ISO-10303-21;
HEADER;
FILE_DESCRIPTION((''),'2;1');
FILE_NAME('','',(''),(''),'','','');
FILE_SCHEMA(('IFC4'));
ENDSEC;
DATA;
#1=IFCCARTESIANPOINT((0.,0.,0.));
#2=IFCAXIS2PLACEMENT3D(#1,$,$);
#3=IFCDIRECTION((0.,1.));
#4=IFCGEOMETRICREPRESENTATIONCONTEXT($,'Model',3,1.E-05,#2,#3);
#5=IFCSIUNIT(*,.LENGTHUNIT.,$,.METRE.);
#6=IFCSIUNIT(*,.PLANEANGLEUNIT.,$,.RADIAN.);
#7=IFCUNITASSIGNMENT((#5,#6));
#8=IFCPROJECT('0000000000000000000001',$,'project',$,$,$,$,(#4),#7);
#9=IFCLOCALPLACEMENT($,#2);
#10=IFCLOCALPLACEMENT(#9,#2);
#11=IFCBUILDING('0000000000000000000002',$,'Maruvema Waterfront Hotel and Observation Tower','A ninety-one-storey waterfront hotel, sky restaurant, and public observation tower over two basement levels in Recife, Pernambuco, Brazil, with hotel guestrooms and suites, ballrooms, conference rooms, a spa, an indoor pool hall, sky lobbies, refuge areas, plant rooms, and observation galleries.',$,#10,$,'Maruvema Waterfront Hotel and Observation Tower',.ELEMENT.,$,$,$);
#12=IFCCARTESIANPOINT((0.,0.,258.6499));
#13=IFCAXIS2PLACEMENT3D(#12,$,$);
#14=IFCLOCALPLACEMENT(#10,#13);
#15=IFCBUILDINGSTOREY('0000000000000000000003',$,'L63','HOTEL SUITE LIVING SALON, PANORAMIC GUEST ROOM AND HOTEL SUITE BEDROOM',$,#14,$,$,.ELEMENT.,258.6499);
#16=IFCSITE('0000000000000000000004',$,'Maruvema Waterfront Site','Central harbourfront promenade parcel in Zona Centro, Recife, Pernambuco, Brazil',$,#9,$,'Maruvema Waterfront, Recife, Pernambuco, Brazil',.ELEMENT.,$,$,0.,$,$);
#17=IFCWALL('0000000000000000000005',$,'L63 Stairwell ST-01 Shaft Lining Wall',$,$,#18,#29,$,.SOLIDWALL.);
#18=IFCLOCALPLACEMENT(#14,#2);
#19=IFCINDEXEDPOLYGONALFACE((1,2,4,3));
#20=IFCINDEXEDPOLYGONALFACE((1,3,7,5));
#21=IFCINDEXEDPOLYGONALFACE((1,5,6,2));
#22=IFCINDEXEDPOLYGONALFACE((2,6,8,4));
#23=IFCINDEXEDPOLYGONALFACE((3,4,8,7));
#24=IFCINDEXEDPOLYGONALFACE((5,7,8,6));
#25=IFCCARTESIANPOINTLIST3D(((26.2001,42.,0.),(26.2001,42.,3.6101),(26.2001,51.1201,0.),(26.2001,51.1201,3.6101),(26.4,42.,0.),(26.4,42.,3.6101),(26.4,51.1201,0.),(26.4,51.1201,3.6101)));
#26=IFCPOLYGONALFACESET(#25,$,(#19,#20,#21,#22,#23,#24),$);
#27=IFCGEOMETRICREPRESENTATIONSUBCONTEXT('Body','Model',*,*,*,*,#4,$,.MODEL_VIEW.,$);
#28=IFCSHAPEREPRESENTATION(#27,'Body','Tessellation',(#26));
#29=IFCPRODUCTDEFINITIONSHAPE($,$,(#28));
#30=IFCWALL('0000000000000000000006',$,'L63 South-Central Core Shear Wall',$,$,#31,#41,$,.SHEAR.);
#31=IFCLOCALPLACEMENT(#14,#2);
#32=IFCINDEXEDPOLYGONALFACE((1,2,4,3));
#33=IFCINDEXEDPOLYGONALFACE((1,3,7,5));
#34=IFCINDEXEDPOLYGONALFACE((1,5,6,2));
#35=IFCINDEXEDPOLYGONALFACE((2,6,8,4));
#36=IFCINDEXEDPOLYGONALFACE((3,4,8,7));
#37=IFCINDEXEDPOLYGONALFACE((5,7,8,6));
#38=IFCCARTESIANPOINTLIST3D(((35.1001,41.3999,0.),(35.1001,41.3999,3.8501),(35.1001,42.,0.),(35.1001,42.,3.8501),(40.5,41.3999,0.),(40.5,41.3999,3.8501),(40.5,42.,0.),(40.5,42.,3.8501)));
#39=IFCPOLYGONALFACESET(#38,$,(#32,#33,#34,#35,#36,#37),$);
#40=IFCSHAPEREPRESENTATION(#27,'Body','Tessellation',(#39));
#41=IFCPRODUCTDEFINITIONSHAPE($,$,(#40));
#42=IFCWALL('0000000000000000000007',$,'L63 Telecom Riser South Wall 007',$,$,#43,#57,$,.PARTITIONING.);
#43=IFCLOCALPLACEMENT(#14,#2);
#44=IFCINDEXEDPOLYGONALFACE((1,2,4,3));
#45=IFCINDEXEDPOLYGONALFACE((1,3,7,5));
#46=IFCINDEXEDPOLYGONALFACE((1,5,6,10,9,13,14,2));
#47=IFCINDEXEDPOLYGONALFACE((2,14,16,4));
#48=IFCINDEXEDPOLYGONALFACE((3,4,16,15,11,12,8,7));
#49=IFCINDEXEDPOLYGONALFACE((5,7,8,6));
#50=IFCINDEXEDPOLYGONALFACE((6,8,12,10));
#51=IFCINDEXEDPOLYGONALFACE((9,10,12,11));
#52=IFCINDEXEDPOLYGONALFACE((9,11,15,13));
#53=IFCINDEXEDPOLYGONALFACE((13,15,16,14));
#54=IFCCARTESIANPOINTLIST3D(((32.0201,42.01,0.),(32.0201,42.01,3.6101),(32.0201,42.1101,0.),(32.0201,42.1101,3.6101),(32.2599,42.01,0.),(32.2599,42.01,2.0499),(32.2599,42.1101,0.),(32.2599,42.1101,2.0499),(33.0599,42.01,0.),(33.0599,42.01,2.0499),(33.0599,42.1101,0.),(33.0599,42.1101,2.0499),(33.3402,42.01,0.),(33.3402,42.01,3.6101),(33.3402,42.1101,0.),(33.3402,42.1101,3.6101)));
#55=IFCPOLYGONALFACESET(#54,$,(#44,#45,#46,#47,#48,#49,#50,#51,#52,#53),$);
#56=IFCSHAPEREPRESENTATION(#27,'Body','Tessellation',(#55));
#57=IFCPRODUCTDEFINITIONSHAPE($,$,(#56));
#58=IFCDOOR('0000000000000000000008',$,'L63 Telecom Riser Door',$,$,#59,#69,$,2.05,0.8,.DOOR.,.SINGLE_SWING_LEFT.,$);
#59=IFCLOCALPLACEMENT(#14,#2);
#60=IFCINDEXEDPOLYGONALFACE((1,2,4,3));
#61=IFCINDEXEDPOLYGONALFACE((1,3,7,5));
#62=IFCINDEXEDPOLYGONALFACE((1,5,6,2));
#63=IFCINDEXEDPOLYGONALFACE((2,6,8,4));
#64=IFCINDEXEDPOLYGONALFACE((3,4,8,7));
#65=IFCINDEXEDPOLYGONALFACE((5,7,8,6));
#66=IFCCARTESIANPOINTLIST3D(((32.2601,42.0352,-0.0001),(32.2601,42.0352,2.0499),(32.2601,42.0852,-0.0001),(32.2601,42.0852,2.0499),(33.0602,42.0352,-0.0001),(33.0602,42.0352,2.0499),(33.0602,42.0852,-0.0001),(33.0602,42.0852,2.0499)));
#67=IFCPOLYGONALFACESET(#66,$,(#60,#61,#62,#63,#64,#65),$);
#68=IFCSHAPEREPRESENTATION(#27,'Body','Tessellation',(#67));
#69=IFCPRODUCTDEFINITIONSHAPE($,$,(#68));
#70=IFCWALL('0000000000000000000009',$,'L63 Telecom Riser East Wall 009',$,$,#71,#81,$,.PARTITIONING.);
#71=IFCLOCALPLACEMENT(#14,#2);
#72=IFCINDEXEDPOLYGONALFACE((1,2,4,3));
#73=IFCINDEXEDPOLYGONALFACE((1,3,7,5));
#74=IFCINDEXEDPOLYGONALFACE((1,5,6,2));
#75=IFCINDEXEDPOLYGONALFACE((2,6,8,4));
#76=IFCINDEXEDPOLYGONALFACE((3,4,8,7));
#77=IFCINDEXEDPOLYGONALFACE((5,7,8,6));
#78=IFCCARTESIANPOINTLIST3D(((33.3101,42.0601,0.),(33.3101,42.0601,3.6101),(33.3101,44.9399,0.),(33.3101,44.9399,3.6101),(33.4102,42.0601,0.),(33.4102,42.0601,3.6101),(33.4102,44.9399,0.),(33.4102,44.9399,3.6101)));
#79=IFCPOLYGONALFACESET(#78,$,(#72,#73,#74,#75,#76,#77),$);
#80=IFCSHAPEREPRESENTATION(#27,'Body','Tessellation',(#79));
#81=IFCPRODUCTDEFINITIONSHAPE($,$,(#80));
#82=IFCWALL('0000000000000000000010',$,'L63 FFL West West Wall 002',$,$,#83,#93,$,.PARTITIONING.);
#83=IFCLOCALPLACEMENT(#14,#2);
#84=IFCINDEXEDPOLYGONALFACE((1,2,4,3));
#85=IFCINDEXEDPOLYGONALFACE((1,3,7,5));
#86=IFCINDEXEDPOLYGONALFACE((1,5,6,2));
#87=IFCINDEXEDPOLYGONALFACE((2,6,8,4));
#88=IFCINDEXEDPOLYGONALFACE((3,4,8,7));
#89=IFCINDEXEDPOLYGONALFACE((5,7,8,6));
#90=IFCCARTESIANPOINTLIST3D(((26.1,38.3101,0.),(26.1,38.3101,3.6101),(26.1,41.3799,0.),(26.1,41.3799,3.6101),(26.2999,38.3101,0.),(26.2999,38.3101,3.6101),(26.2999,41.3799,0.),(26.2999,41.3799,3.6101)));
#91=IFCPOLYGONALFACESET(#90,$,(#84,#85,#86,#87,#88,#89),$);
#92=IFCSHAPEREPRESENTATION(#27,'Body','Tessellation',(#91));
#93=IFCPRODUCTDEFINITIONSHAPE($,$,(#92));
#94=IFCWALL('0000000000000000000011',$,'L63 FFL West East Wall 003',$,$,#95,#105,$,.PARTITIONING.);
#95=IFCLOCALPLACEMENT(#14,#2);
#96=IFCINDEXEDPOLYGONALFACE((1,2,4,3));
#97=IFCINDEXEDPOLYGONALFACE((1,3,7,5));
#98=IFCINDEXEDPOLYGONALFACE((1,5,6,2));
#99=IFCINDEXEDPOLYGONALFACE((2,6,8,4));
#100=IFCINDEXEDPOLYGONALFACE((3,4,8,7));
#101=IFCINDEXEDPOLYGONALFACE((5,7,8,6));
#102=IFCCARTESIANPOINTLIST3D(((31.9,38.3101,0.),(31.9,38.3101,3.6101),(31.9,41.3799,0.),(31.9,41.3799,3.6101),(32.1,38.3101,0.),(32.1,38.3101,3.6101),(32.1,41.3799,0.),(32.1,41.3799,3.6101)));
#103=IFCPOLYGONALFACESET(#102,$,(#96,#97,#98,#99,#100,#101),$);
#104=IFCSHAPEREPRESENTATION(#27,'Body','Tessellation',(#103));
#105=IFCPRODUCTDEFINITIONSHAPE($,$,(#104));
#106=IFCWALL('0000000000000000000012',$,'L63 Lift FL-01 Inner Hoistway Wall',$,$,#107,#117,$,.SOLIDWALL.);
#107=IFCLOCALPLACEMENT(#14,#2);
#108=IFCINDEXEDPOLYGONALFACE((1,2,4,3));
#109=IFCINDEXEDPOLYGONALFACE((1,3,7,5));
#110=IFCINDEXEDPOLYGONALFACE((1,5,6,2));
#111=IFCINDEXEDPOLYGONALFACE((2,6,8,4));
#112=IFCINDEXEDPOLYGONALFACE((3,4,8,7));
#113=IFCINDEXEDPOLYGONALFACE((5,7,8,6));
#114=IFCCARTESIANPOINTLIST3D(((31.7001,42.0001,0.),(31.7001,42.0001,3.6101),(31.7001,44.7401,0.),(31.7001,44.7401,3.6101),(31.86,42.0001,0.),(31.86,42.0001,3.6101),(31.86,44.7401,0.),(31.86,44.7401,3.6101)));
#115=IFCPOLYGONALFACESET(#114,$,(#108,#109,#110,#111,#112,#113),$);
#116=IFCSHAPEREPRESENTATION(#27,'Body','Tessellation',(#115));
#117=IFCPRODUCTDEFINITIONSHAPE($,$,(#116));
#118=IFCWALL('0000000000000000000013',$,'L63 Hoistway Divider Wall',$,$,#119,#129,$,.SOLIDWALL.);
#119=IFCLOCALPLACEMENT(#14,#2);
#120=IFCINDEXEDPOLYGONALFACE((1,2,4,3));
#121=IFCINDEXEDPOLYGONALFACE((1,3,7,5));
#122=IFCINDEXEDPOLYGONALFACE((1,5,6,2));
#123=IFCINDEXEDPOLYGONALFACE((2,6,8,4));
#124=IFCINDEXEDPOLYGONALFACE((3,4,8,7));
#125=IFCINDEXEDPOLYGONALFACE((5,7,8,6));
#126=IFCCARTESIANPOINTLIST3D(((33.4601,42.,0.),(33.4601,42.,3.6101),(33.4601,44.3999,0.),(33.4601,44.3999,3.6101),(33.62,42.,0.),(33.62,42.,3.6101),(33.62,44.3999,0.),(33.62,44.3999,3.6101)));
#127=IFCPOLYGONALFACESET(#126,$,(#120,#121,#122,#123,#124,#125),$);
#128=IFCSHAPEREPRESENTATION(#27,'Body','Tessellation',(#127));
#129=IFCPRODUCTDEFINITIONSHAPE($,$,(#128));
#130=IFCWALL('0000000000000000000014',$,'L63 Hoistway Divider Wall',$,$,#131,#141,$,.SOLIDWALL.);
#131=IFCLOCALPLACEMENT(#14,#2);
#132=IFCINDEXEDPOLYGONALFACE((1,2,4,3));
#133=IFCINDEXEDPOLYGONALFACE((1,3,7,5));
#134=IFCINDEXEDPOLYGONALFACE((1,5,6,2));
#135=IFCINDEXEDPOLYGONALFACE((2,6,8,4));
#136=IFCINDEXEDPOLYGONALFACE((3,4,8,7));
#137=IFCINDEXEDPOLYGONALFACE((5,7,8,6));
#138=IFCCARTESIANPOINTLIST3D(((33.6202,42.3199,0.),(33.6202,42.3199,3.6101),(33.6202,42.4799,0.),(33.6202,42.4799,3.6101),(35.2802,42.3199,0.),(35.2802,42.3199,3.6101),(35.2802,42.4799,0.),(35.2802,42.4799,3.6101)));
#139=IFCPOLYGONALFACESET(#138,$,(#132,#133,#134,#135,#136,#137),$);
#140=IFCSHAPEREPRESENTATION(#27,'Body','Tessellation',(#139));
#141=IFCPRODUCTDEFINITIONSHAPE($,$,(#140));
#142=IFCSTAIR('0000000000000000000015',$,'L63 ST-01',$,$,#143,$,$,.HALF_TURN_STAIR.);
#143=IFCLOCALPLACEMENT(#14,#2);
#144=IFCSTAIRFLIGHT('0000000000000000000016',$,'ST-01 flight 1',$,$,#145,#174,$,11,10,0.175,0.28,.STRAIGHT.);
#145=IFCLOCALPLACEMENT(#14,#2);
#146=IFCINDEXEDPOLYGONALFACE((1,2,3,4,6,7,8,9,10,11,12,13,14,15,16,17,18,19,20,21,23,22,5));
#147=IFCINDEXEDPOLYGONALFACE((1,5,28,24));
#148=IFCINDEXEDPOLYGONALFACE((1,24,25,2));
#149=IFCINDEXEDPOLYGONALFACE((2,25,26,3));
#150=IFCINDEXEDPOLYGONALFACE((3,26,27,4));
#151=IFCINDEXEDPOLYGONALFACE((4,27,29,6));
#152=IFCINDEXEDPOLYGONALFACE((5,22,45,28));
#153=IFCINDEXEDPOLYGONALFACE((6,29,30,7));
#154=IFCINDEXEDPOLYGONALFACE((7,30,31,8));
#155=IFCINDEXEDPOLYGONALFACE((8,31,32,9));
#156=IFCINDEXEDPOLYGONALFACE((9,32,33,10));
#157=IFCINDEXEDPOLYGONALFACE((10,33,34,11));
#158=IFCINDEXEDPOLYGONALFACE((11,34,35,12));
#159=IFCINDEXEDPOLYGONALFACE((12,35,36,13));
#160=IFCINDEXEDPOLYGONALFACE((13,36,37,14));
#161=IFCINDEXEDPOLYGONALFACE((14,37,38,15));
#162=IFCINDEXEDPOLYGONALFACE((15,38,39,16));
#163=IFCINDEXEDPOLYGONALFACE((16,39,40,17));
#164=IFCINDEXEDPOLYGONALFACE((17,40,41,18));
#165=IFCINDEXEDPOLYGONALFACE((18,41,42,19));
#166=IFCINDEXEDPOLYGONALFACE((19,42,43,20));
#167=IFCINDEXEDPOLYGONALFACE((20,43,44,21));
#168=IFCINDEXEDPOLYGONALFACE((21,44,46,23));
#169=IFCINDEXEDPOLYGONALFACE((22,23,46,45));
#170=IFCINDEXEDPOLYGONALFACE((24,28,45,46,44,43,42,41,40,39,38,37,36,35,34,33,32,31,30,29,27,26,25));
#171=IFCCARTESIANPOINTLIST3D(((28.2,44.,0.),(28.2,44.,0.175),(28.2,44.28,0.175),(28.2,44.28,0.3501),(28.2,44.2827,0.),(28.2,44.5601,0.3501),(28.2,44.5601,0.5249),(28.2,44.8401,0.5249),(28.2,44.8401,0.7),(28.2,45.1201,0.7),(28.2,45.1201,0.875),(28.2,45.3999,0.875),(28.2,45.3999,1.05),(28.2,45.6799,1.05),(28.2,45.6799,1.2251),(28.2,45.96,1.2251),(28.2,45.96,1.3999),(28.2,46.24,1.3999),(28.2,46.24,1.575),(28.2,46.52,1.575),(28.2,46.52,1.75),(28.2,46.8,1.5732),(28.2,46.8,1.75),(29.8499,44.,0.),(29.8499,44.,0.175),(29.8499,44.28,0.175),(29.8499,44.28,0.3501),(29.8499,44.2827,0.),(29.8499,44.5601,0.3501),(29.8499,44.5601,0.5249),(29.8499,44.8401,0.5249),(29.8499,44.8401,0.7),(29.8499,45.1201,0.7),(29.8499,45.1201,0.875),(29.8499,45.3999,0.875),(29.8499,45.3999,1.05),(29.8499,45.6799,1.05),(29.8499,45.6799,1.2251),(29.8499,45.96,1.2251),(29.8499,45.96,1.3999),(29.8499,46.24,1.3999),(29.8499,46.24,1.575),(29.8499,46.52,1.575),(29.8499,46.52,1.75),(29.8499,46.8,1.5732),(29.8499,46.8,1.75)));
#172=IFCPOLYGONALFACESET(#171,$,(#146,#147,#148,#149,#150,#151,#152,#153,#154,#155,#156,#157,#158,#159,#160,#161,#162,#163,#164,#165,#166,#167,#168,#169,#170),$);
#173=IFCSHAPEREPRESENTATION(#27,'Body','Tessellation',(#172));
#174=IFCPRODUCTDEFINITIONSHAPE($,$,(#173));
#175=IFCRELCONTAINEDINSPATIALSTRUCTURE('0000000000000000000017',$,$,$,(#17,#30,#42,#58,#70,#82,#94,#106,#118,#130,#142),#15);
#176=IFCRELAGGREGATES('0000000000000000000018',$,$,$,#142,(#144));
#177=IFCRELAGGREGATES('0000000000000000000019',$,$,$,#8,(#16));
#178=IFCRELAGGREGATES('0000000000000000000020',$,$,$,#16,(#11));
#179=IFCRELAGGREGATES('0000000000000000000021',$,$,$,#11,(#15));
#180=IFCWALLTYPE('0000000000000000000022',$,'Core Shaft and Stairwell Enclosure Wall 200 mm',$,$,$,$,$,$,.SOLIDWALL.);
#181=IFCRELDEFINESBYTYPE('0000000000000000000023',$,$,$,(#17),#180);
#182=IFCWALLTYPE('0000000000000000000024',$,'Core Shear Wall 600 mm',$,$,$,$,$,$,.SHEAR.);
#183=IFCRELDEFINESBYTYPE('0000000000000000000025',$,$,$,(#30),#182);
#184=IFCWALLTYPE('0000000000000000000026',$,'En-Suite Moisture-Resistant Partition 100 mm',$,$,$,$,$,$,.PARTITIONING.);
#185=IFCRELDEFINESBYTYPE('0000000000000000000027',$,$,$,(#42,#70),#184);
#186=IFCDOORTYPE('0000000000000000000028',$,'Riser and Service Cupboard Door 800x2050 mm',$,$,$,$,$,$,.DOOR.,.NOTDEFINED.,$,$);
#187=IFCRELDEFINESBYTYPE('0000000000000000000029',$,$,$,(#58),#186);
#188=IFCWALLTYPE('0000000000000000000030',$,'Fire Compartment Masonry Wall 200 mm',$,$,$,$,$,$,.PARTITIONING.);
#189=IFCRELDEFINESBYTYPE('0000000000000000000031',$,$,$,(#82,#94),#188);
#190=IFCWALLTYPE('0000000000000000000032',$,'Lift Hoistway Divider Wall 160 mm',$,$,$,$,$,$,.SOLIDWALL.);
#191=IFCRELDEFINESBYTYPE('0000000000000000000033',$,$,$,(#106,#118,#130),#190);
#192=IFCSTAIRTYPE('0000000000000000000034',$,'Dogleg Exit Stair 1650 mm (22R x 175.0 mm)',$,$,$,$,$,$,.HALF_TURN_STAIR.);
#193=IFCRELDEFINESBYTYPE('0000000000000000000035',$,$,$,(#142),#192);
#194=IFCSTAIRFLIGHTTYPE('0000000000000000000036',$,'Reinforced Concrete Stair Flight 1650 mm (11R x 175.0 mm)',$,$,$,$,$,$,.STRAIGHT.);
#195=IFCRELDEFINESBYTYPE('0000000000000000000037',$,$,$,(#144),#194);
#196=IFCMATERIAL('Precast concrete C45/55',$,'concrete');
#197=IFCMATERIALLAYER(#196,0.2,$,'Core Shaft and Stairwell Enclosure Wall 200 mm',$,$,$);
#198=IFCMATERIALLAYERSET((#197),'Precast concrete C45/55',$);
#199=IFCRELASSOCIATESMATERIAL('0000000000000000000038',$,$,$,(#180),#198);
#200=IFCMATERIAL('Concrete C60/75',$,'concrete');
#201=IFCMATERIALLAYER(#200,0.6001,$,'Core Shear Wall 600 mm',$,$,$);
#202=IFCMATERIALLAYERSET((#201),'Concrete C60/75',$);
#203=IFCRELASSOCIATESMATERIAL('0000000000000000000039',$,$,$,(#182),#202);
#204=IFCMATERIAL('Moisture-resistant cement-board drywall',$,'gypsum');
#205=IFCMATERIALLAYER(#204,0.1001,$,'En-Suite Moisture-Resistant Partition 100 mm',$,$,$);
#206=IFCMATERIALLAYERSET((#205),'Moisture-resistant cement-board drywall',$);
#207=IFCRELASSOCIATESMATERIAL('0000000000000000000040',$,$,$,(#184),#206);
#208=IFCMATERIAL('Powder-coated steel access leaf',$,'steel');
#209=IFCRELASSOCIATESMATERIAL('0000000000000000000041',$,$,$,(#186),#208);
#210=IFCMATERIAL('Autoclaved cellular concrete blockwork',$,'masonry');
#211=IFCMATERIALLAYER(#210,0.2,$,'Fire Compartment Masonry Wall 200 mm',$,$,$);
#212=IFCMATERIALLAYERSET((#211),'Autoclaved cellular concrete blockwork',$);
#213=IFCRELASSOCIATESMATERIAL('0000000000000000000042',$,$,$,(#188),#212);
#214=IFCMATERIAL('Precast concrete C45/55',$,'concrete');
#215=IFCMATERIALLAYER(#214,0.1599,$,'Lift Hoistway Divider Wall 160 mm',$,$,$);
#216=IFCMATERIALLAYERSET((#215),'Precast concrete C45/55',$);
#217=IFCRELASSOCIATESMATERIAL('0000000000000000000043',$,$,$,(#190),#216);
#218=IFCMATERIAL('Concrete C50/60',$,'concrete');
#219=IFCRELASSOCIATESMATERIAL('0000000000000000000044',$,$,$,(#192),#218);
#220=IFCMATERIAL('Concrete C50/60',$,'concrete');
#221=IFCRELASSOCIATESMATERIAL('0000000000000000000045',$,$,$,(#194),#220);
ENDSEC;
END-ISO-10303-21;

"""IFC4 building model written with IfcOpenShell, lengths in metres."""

from ifc_helpers import new_model, si_unit, direction, frame, frame_2d, origin, place, context, subcontext, project, spatial, polyline, rectangle, outline, extrude, material, layer, layer_set, type_object, element, fill, aggregate, save


model = new_model("IFC4")

# Units and contexts
model_context = context("Model", 3, precision=1e-05, world=origin(), true_north=direction((0.0, 1.0)))
body_context = subcontext(model_context, "Body", "Model", "MODEL_VIEW")
ifc_project = project(units=[si_unit("LENGTHUNIT", "METRE"), si_unit("PLANEANGLEUNIT", "RADIAN")], contexts=[model_context])

# Site, building, storey
site_placement = place(None, origin())
site = spatial("IfcSite", under=ifc_project, at=site_placement, Name="Maruvema Waterfront Site", Description="Central harbourfront promenade parcel in Zona Centro, Recife, Pernambuco, Brazil", LongName="Maruvema Waterfront, Recife, Pernambuco, Brazil", CompositionType="ELEMENT", RefElevation=0.0)
building_placement = place(site_placement, origin())
building = spatial("IfcBuilding", under=site, at=building_placement, Name="Maruvema Waterfront Hotel and Observation Tower", Description="A ninety-one-storey waterfront hotel, sky restaurant, and public observation tower over two basement levels in Recife, Pernambuco, Brazil, with hotel guestrooms and suites, ballrooms, conference rooms, a spa, an indoor pool hall, sky lobbies, refuge areas, plant rooms, and observation galleries.", LongName="Maruvema Waterfront Hotel and Observation Tower", CompositionType="ELEMENT")
storey_placement = place(building_placement, frame((0.0, 0.0, 258.6499)))
storey = spatial("IfcBuildingStorey", under=building, at=storey_placement, Name="L63", Description="HOTEL SUITE LIVING SALON, PANORAMIC GUEST ROOM AND HOTEL SUITE BEDROOM", CompositionType="ELEMENT", Elevation=258.6499)

# Walls
ifc_material_1 = material(Name="Precast concrete C45/55", Category="concrete")
ifc_layer_1 = layer(ifc_material_1, 0.2, Name="Core Shaft and Stairwell Enclosure Wall 200 mm")
ifc_layer_set_1 = layer_set([ifc_layer_1], Name="Precast concrete C45/55")
wall_type_1 = type_object("IfcWallType", Name="Core Shaft and Stairwell Enclosure Wall 200 mm", PredefinedType="SOLIDWALL", material=ifc_layer_set_1)
wall_1_placement = place(storey_placement, frame((26.3, 42.0, 0.0), z_axis=(0.0, 0.0, 1.0), x_axis=(0.0, 1.0, 0.0)))
element("IfcWall", 1, at=wall_1_placement, inside=storey, type_object=wall_type_1, Name="L63 Stairwell ST-01 Shaft Lining Wall", PredefinedType="SOLIDWALL", context=body_context, shape_type="SweptSolid", body=[
    extrude(rectangle(XDim=9.1201, YDim=0.2, at=frame_2d((4.5601, 0.0))), origin(), (0.0, 0.0, 1.0), 3.6101),
])
ifc_material_2 = material(Name="Concrete C60/75", Category="concrete")
ifc_layer_2 = layer(ifc_material_2, 0.6001, Name="Core Shear Wall 600 mm")
ifc_layer_set_2 = layer_set([ifc_layer_2], Name="Concrete C60/75")
wall_type_2 = type_object("IfcWallType", Name="Core Shear Wall 600 mm", PredefinedType="SHEAR", material=ifc_layer_set_2)
wall_2_placement = place(storey_placement, frame((35.1001, 41.7, 0.0), z_axis=(0.0, 0.0, 1.0), x_axis=(1.0, 0.0, 0.0)))
element("IfcWall", 2, at=wall_2_placement, inside=storey, type_object=wall_type_2, Name="L63 South-Central Core Shear Wall", PredefinedType="SHEAR", context=body_context, shape_type="SweptSolid", body=[
    extrude(rectangle(XDim=5.3999, YDim=0.6001, at=frame_2d((2.7, 0.0))), origin(), (0.0, 0.0, 1.0), 3.8501),
])

# Wall, opening, door
ifc_material_3 = material(Name="Moisture-resistant cement-board drywall", Category="gypsum")
ifc_layer_3 = layer(ifc_material_3, 0.1001, Name="En-Suite Moisture-Resistant Partition 100 mm")
ifc_layer_set_3 = layer_set([ifc_layer_3], Name="Moisture-resistant cement-board drywall")
wall_type_3 = type_object("IfcWallType", Name="En-Suite Moisture-Resistant Partition 100 mm", PredefinedType="PARTITIONING", material=ifc_layer_set_3)
wall_3_placement = place(storey_placement, frame((32.02, 42.0601, 0.0), z_axis=(0.0, 0.0, 1.0), x_axis=(1.0, 0.0, 0.0)))
wall_3 = element("IfcWall", 3, at=wall_3_placement, inside=storey, type_object=wall_type_3, Name="L63 Telecom Riser South Wall 007", PredefinedType="PARTITIONING", context=body_context, shape_type="SweptSolid", body=[
    extrude(rectangle(XDim=1.3201, YDim=0.1001, at=frame_2d((0.6602, 0.0))), origin(), (0.0, 0.0, 1.0), 3.6101),
])
opening_1_placement = place(wall_3_placement, frame((0.24, 0.0, 0.0)))
opening_1 = element("IfcOpeningElement", 4, at=opening_1_placement, cuts=wall_3, PredefinedType="OPENING", context=body_context, shape_type="SweptSolid", body=[
    extrude(rectangle(XDim=0.8, YDim=2.05, at=frame_2d((0.3999, 1.0249))), frame((0.0, 0.0601, 0.0), z_axis=(0.0, -1.0, 0.0), x_axis=(1.0, 0.0, 0.0)), (0.0, 0.0, 1.0), 0.1201),
])
ifc_material_4 = material(Name="Powder-coated steel access leaf", Category="steel")
door_type_1 = type_object("IfcDoorType", Name="Riser and Service Cupboard Door 800x2050 mm", OperationType="NOTDEFINED", PredefinedType="DOOR", material=ifc_material_4)
door_1_placement = place(opening_1_placement, frame((0.8, 0.0, 0.0), z_axis=(0.0, 0.0, 1.0), x_axis=(-1.0, 0.0, 0.0)))
door_1 = element("IfcDoor", 5, at=door_1_placement, inside=storey, type_object=door_type_1, Name="L63 Telecom Riser Door", OperationType="SINGLE_SWING_LEFT", OverallHeight=2.05, OverallWidth=0.8, PredefinedType="DOOR", context=body_context, shape_type="SweptSolid", body=[
    extrude(rectangle(XDim=0.8, YDim=2.05, at=frame_2d((0.3999, 1.0249))), frame((0.0, 0.0249, 0.0), z_axis=(0.0, -1.0, 0.0), x_axis=(1.0, 0.0, 0.0)), (0.0, 0.0, 1.0), 0.05),
])
fill(opening_1, door_1)

# Wall
wall_4_placement = place(storey_placement, frame((33.3601, 42.0601, 0.0), z_axis=(0.0, 0.0, 1.0), x_axis=(0.0, 1.0, 0.0)))
element("IfcWall", 6, at=wall_4_placement, inside=storey, type_object=wall_type_3, Name="L63 Telecom Riser East Wall 009", PredefinedType="PARTITIONING", context=body_context, shape_type="SweptSolid", body=[
    extrude(rectangle(XDim=2.8799, YDim=0.1001, at=frame_2d((1.4399, 0.0))), origin(), (0.0, 0.0, 1.0), 3.6101),
])

# Shared definitions
ifc_material_5 = material(Name="Autoclaved cellular concrete blockwork", Category="masonry")
ifc_layer_4 = layer(ifc_material_5, 0.2, Name="Fire Compartment Masonry Wall 200 mm")
ifc_layer_set_4 = layer_set([ifc_layer_4], Name="Autoclaved cellular concrete blockwork")
wall_type_4 = type_object("IfcWallType", Name="Fire Compartment Masonry Wall 200 mm", PredefinedType="PARTITIONING", material=ifc_layer_set_4)

# Walls
for number, where, z_axis, x_axis, name in (
    (7, (26.2, 38.3101, 0.0), (0.0, 0.0, 1.0), (0.0, 1.0, 0.0), "L63 FFL West West Wall 002"),
    (8, (32.0, 38.3101, 0.0), (0.0, 0.0, 1.0), (0.0, 1.0, 0.0), "L63 FFL West East Wall 003"),
):
    element("IfcWall", number, at=place(storey_placement, frame(where, z_axis=z_axis, x_axis=x_axis)), inside=storey, type_object=wall_type_4, Name=name, PredefinedType="PARTITIONING", context=body_context, shape_type="SweptSolid", body=[
        extrude(rectangle(XDim=3.0698, YDim=0.2, at=frame_2d((1.5349, 0.0))), origin(), (0.0, 0.0, 1.0), 3.6101),
    ])
ifc_material_6 = material(Name="Precast concrete C45/55", Category="concrete")
ifc_layer_5 = layer(ifc_material_6, 0.1599, Name="Lift Hoistway Divider Wall 160 mm")
ifc_layer_set_5 = layer_set([ifc_layer_5], Name="Precast concrete C45/55")
wall_type_5 = type_object("IfcWallType", Name="Lift Hoistway Divider Wall 160 mm", PredefinedType="SOLIDWALL", material=ifc_layer_set_5)
wall_5_placement = place(storey_placement, frame((31.78, 42.0, 0.0), z_axis=(0.0, 0.0, 1.0), x_axis=(0.0, 1.0, 0.0)))
element("IfcWall", 9, at=wall_5_placement, inside=storey, type_object=wall_type_5, Name="L63 Lift FL-01 Inner Hoistway Wall", PredefinedType="SOLIDWALL", context=body_context, shape_type="SweptSolid", body=[
    extrude(rectangle(XDim=2.74, YDim=0.1599, at=frame_2d((1.3701, 0.0))), origin(), (0.0, 0.0, 1.0), 3.6101),
])
wall_6_placement = place(storey_placement, frame((33.54, 42.0, 0.0), z_axis=(0.0, 0.0, 1.0), x_axis=(0.0, 1.0, 0.0)))
element("IfcWall", 10, at=wall_6_placement, inside=storey, type_object=wall_type_5, Name="L63 Hoistway Divider Wall", PredefinedType="SOLIDWALL", context=body_context, shape_type="SweptSolid", body=[
    extrude(rectangle(XDim=2.3999, YDim=0.1599, at=frame_2d((1.2, 0.0))), origin(), (0.0, 0.0, 1.0), 3.6101),
])
wall_7_placement = place(storey_placement, frame((33.6201, 42.3999, 0.0), z_axis=(0.0, 0.0, 1.0), x_axis=(1.0, 0.0, 0.0)))
element("IfcWall", 11, at=wall_7_placement, inside=storey, type_object=wall_type_5, Name="L63 Hoistway Divider Wall", PredefinedType="SOLIDWALL", context=body_context, shape_type="SweptSolid", body=[
    extrude(rectangle(XDim=1.6599, YDim=0.1599, at=frame_2d((0.8301, 0.0))), origin(), (0.0, 0.0, 1.0), 3.6101),
])

# Stair, stair flight
ifc_material_7 = material(Name="Concrete C50/60", Category="concrete")
stair_type = type_object("IfcStairType", Name="Dogleg Exit Stair 1650 mm (22R x 175.0 mm)", PredefinedType="HALF_TURN_STAIR", material=ifc_material_7)
stair_placement = place(storey_placement, origin())
stair = element("IfcStair", 12, at=stair_placement, inside=storey, type_object=stair_type, Name="L63 ST-01", PredefinedType="HALF_TURN_STAIR")
ifc_material_8 = material(Name="Concrete C50/60", Category="concrete")
stair_flight_type = type_object("IfcStairFlightType", Name="Reinforced Concrete Stair Flight 1650 mm (11R x 175.0 mm)", PredefinedType="STRAIGHT", material=ifc_material_8)
stair_flight_placement = place(storey_placement, frame((29.0249, 44.0, 0.0), z_axis=(0.0, 0.0, 1.0), x_axis=(0.0, 1.0, 0.0)))
stair_flight = element("IfcStairFlight", 13, at=stair_flight_placement, type_object=stair_flight_type, Name="ST-01 flight 1", NumberOfRisers=11, NumberOfTreads=10, PredefinedType="STRAIGHT", RiserHeight=0.175, TreadLength=0.28, context=body_context, shape_type="SweptSolid", body=[
    extrude(outline(polyline([(0.0, 0.0), (0.0, 0.175), (0.28, 0.175), (0.28, 0.3501), (0.5601, 0.3501), (0.5601, 0.5249), (0.8401, 0.5249), (0.8401, 0.7), (1.1201, 0.7), (1.1201, 0.875), (1.3999, 0.875), (1.3999, 1.05), (1.6799, 1.05), (1.6799, 1.2251), (1.96, 1.2251), (1.96, 1.3999), (2.24, 1.3999), (2.24, 1.575), (2.52, 1.575), (2.52, 1.75), (2.8, 1.75), (2.8, 1.925), (2.8, 1.5732), (0.2827, 0.0), (0.0, 0.0)])), frame((0.0, 0.825, 0.0), z_axis=(0.0, -1.0, 0.0), x_axis=(1.0, 0.0, 0.0)), (0.0, 0.0, 1.0), 1.6499),
])
aggregate(stair, [stair_flight])

save(model, "model.ifc")
